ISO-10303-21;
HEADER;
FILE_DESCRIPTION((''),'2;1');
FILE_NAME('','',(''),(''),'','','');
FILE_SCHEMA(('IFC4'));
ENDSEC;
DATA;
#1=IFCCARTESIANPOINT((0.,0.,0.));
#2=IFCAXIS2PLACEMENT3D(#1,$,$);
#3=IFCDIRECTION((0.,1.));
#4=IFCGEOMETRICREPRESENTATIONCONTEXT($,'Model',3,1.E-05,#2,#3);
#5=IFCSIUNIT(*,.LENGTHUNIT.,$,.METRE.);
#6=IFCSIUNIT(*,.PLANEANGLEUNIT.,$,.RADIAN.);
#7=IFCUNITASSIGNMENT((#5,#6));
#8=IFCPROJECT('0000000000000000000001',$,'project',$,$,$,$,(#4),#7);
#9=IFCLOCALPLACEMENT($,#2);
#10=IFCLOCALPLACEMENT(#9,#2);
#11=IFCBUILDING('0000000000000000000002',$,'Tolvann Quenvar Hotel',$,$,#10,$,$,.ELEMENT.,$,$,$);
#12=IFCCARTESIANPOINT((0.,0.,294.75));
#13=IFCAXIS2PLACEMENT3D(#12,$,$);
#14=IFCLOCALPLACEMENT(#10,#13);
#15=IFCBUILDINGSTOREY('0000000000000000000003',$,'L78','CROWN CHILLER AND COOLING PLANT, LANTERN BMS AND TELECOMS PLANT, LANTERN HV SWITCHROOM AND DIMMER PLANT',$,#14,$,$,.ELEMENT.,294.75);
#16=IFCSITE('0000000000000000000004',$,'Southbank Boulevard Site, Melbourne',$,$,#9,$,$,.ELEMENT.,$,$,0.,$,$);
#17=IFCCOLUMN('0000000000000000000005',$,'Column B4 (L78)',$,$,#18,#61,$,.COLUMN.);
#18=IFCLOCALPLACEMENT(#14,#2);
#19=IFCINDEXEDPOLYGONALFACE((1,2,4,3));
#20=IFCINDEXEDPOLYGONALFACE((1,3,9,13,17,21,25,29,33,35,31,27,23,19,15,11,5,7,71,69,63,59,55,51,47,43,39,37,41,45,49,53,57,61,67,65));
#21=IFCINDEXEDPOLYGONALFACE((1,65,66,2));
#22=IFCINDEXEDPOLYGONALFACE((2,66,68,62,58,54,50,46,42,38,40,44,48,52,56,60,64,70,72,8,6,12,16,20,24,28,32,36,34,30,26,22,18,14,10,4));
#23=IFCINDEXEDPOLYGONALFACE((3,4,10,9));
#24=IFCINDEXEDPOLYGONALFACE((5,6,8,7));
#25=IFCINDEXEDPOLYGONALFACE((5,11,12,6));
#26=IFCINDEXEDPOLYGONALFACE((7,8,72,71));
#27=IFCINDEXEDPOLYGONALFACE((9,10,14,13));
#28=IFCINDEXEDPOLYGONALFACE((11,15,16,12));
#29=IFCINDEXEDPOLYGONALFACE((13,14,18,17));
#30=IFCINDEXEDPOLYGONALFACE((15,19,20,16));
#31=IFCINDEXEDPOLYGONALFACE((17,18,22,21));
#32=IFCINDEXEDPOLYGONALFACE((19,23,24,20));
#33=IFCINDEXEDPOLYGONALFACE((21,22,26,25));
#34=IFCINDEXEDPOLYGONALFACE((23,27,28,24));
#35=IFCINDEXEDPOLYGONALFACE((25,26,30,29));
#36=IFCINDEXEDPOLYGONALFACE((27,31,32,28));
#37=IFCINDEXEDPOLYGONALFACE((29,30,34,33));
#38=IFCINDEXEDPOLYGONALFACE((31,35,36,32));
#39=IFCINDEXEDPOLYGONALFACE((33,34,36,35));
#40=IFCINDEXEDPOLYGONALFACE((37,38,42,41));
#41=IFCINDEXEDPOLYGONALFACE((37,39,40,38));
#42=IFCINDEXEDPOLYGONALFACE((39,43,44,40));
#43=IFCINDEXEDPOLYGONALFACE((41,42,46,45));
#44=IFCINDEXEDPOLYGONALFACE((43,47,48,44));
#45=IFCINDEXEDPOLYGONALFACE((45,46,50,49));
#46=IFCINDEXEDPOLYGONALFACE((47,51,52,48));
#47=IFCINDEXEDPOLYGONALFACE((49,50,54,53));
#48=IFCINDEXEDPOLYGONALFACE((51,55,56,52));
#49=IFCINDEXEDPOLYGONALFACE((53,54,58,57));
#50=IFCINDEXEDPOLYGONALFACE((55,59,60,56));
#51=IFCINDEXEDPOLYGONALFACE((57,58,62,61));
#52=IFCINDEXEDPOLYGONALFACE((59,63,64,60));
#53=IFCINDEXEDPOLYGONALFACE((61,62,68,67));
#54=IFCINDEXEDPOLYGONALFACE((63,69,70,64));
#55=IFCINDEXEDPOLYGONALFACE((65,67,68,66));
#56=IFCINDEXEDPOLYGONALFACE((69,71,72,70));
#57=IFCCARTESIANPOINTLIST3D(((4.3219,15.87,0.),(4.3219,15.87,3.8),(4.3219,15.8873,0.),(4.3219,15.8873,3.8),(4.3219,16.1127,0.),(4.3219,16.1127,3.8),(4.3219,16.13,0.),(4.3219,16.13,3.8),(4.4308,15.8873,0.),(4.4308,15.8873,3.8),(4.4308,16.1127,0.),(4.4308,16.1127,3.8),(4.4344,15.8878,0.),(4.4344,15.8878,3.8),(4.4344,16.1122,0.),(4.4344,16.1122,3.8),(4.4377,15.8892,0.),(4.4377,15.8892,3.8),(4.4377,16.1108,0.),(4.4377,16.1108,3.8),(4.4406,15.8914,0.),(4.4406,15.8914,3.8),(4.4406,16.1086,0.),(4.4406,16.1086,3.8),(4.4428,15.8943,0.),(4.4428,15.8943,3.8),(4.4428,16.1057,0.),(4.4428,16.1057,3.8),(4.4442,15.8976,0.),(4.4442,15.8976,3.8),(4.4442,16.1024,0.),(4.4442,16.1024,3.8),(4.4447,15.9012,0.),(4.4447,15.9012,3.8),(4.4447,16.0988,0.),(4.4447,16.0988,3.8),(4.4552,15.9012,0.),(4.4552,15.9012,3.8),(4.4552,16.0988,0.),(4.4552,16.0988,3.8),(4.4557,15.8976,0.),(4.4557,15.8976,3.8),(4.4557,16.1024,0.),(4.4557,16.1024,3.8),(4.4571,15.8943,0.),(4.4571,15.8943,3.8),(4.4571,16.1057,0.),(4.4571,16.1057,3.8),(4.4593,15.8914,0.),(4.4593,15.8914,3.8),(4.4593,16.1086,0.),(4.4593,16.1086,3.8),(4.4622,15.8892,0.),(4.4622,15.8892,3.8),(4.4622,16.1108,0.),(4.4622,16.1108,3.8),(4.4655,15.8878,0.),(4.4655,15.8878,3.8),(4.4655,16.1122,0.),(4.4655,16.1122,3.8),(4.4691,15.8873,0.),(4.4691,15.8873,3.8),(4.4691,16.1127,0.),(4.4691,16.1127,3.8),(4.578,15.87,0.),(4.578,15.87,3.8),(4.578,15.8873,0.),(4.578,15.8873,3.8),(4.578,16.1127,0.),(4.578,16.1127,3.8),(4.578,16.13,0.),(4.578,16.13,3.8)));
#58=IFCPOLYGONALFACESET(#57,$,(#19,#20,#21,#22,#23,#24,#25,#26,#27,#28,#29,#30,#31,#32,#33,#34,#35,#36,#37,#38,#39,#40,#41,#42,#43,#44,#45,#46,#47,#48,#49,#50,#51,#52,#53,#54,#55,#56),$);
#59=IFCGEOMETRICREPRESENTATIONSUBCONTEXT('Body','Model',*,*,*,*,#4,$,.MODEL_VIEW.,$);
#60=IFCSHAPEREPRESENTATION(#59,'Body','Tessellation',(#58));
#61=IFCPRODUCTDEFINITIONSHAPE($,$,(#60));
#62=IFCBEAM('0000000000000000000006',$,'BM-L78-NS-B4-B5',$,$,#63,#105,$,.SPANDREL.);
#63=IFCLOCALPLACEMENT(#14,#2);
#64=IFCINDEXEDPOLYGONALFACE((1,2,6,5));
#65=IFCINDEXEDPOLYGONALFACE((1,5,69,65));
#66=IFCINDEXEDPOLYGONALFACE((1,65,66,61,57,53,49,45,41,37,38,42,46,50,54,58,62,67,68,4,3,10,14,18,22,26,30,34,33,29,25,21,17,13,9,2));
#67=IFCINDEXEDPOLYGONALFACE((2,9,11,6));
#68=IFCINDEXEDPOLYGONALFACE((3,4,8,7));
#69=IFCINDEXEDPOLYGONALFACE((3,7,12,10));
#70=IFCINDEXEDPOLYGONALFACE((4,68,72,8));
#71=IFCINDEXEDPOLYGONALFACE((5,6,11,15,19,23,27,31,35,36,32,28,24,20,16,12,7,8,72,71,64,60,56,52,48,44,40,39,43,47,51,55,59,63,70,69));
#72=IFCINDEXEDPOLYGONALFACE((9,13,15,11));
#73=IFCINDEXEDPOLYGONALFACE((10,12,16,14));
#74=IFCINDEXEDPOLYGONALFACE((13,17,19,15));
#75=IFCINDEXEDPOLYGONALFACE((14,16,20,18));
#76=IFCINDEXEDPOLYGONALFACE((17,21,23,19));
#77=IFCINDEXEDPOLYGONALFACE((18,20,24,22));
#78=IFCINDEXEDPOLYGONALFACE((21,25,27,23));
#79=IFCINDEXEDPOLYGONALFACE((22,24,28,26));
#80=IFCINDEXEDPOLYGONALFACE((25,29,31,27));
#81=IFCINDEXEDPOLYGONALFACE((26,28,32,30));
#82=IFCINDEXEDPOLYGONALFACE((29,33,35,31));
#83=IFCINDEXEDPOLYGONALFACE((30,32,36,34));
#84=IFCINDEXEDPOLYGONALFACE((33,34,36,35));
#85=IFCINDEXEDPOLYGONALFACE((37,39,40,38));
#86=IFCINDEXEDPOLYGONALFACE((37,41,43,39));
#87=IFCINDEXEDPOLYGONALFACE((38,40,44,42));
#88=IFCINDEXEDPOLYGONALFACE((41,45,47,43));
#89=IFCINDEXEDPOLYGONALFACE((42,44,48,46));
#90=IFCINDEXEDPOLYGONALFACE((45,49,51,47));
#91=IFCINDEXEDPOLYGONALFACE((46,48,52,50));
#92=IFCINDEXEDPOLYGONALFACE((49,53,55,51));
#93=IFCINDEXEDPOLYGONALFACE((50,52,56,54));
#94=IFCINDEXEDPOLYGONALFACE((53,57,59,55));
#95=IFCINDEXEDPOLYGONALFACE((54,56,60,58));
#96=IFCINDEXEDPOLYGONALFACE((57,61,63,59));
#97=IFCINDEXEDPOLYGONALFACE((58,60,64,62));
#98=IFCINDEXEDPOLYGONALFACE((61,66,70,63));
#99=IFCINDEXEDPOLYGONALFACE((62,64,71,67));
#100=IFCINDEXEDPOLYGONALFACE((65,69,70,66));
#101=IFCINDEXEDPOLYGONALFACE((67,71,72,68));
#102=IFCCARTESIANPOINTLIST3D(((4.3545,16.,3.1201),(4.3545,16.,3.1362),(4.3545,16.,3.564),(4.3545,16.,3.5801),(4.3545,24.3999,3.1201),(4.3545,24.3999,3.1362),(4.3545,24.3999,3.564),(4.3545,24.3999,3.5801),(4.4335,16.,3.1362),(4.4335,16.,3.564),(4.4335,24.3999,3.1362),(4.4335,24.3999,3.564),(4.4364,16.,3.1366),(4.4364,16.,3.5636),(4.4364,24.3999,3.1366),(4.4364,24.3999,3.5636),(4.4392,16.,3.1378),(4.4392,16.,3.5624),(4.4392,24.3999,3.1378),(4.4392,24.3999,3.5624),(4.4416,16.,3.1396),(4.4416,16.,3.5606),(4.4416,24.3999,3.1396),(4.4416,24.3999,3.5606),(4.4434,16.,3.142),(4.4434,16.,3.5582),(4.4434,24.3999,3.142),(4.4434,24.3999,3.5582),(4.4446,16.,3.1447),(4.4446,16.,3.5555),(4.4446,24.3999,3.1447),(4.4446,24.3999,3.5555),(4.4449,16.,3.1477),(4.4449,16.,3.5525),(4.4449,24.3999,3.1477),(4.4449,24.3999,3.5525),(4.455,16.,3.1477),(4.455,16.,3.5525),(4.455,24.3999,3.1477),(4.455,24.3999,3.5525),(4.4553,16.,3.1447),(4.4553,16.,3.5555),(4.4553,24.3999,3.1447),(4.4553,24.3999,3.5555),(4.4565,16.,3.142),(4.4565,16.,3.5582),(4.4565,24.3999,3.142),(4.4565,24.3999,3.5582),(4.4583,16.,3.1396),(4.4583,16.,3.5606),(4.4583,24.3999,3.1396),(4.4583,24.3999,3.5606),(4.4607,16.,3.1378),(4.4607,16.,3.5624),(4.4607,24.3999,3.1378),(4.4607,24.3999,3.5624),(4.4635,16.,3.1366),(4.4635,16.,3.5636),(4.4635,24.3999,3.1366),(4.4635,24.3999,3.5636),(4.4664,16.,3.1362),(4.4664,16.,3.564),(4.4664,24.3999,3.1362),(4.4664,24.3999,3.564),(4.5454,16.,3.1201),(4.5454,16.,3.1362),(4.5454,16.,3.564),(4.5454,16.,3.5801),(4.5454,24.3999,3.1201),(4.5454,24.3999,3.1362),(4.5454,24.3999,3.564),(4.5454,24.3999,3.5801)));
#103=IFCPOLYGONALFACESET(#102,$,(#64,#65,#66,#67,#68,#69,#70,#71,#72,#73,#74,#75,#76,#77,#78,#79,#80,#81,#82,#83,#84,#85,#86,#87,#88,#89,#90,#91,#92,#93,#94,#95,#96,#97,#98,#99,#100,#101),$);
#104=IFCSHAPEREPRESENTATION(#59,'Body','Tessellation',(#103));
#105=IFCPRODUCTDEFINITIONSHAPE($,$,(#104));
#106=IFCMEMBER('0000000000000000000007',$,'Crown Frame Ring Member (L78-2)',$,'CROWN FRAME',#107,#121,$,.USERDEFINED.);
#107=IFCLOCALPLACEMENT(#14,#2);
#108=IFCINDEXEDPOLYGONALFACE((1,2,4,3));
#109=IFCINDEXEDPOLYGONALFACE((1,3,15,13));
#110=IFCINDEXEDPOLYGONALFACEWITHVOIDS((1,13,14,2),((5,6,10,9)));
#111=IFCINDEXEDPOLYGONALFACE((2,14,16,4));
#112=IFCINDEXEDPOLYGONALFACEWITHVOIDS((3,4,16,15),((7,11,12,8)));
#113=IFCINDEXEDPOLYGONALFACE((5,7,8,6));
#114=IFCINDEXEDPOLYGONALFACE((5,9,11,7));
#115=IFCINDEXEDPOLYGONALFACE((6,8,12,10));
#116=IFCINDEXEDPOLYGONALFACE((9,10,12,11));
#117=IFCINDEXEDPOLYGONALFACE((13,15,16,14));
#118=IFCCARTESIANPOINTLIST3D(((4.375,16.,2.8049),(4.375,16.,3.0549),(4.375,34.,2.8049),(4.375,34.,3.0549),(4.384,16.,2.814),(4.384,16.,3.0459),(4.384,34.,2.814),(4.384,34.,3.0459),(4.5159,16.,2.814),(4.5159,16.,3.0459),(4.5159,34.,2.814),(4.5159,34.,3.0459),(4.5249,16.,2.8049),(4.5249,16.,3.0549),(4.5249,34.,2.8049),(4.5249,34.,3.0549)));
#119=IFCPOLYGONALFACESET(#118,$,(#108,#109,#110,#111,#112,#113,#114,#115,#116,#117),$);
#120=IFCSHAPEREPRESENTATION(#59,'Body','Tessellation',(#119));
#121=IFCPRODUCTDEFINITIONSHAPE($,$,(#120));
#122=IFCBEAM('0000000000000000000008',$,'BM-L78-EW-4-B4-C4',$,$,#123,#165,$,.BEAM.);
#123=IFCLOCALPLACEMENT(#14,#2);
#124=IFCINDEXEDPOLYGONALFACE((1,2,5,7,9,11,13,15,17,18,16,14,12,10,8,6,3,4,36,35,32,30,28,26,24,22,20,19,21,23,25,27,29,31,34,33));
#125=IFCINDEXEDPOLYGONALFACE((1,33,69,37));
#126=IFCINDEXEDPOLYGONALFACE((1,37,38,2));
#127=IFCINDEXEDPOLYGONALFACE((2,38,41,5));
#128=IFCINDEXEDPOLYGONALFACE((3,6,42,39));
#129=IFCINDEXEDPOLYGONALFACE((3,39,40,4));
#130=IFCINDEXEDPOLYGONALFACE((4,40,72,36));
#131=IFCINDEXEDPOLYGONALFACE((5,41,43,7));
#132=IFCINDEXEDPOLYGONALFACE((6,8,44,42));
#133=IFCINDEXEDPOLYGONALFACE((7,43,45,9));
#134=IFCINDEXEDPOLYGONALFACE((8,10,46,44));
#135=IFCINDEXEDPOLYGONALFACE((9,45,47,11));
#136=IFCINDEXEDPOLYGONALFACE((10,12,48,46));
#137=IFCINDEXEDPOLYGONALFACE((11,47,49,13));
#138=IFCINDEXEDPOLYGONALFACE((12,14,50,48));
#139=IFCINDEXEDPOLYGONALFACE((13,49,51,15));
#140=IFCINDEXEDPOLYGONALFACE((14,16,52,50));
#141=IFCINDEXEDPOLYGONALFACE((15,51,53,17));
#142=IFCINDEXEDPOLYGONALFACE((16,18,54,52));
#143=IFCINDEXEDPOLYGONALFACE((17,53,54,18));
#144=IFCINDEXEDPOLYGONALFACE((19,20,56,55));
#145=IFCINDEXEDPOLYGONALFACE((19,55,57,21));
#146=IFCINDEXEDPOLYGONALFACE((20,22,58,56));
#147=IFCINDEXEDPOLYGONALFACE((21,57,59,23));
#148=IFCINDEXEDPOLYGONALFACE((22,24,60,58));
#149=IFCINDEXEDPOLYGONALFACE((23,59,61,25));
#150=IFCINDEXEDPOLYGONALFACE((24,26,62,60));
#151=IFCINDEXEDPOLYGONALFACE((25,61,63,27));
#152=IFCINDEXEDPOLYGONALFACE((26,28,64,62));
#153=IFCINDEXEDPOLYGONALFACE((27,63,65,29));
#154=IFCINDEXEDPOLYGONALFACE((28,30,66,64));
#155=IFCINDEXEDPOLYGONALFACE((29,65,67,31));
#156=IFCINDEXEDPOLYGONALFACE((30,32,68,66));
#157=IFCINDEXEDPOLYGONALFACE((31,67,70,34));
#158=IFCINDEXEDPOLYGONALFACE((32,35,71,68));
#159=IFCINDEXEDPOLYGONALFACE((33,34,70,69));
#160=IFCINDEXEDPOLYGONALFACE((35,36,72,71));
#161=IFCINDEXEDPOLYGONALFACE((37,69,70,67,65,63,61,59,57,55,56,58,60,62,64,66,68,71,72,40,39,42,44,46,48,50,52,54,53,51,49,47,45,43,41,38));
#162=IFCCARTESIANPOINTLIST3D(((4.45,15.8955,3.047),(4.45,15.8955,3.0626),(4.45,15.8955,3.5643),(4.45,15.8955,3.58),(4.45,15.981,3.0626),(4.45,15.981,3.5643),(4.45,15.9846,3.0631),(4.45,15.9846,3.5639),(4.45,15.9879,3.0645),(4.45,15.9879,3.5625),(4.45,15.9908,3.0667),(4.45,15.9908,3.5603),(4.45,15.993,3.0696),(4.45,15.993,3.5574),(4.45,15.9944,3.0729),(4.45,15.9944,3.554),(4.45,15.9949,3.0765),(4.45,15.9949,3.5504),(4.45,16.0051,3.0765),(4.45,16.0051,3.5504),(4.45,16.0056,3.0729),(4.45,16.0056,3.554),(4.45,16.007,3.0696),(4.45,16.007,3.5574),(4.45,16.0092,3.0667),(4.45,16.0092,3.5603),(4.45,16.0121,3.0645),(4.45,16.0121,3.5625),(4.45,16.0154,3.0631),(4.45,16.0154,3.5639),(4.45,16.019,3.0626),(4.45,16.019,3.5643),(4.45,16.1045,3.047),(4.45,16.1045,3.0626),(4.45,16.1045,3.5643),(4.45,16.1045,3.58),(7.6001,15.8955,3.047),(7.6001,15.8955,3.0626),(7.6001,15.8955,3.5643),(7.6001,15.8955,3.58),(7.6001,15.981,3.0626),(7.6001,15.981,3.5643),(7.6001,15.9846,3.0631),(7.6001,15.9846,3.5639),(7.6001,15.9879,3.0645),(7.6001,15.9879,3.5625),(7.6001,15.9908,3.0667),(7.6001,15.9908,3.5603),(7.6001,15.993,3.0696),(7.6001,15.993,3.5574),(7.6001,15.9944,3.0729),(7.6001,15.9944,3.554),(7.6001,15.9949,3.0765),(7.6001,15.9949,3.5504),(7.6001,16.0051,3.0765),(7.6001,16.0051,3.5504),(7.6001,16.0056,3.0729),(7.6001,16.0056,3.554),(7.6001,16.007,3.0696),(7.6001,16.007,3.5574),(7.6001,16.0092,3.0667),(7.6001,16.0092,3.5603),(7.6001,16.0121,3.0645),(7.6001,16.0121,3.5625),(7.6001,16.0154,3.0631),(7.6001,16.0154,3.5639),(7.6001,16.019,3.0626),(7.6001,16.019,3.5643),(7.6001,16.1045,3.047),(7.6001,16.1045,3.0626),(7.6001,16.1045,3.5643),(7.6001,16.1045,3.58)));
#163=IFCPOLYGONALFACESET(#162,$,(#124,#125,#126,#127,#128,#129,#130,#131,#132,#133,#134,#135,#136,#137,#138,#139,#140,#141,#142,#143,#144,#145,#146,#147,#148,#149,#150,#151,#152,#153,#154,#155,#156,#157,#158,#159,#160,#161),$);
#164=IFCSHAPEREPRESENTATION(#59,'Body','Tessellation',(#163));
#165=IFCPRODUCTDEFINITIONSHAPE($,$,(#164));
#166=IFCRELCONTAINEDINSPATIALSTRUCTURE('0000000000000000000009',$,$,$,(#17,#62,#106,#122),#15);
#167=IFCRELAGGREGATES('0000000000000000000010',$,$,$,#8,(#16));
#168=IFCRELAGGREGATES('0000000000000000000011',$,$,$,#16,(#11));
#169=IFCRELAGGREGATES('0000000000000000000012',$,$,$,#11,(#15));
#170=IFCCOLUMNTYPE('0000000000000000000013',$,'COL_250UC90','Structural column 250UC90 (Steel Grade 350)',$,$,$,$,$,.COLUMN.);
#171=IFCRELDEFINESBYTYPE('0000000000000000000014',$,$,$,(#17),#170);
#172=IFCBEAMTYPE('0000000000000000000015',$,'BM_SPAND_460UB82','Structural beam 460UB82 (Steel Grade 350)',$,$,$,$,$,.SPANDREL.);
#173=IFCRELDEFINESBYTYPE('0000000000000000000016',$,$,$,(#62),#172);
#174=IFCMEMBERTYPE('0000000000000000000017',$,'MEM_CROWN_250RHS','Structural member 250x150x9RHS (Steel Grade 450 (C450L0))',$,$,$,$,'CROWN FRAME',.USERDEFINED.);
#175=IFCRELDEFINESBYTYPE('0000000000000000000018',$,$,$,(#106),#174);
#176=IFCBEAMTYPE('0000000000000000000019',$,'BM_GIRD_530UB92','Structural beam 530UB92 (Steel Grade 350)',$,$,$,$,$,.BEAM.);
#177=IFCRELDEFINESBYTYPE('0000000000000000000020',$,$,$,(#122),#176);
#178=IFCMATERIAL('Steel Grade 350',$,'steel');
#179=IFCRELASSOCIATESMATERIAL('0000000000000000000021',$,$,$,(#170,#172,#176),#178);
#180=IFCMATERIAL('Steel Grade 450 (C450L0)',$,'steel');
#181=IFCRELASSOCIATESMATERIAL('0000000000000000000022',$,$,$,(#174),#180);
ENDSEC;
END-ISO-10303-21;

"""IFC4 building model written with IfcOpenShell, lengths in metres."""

from ifc_helpers import new_model, si_unit, direction, frame, origin, origin_2d, place, context, subcontext, project, spatial, hollow_rectangle, i_section, extrude, source, transform, mapped, material, material_profile, profile_set, type_object, type_shapes, element, save


model = new_model("IFC4")

# Units and contexts
model_context = context("Model", 3, precision=1e-05, world=origin(), true_north=direction((0.0, 1.0)))
body_context = subcontext(model_context, "Body", "Model", "MODEL_VIEW")
ifc_project = project(units=[si_unit("LENGTHUNIT", "METRE"), si_unit("PLANEANGLEUNIT", "RADIAN")], contexts=[model_context])

# Site, building, storey
site_placement = place(None, origin())
site = spatial("IfcSite", under=ifc_project, at=site_placement, Name="Southbank Boulevard Site, Melbourne", CompositionType="ELEMENT", RefElevation=0.0)
building_placement = place(site_placement, origin())
building = spatial("IfcBuilding", under=site, at=building_placement, Name="Tolvann Quenvar Hotel", CompositionType="ELEMENT")
storey_placement = place(building_placement, frame((0.0, 0.0, 294.75)))
storey = spatial("IfcBuildingStorey", under=building, at=storey_placement, Name="L78", Description="CROWN CHILLER AND COOLING PLANT, LANTERN BMS AND TELECOMS PLANT, LANTERN HV SWITCHROOM AND DIMMER PLANT", CompositionType="ELEMENT", Elevation=294.75)

# Column
ifc_material_1 = material(Name="Steel Grade 350", Category="steel")
ifc_material_profile_1 = material_profile(ifc_material_1, i_section(OverallWidth=0.2561, OverallDepth=0.26, WebThickness=0.0105, FlangeThickness=0.0173, FilletRadius=0.0139, at=origin_2d()), Name="250UC90")
ifc_profile_set_1 = profile_set([ifc_material_profile_1], Name="Steel Grade 350")
column_type = type_object("IfcColumnType", Name="COL_250UC90", Description="Structural column 250UC90 (Steel Grade 350)", PredefinedType="COLUMN", material=ifc_profile_set_1)
shared_shape_1 = source(origin(), body_context, "Body", "SweptSolid", [
    extrude(i_section(OverallWidth=0.2561, OverallDepth=0.26, WebThickness=0.0105, FlangeThickness=0.0173, FilletRadius=0.0139, at=origin_2d()), origin(), (0.0, 0.0, 1.0), 3.8),
])
type_shapes(column_type, [shared_shape_1])
column_placement = place(storey_placement, frame((4.45, 16.0, 0.0), z_axis=(0.0, 0.0, 1.0), x_axis=(1.0, 0.0, 0.0)))
element("IfcColumn", 1, at=column_placement, inside=storey, type_object=column_type, Name="Column B4 (L78)", PredefinedType="COLUMN", context=body_context, shape_type="MappedRepresentation", body=[
    mapped(shared_shape_1, transform((0.0, 0.0, 0.0), x_axis=(1.0, 0.0, 0.0), y_axis=(0.0, 1.0, 0.0), z_axis=(0.0, 0.0, 1.0), scale=1.0)),
])

# Beam
ifc_material_profile_2 = material_profile(ifc_material_1, i_section(OverallWidth=0.1909, OverallDepth=0.46, WebThickness=0.01, FlangeThickness=0.0161, FilletRadius=0.0115, at=origin_2d()), Name="460UB82")
ifc_profile_set_2 = profile_set([ifc_material_profile_2], Name="Steel Grade 350")
beam_type_1 = type_object("IfcBeamType", Name="BM_SPAND_460UB82", Description="Structural beam 460UB82 (Steel Grade 350)", PredefinedType="SPANDREL", material=ifc_profile_set_2)
shared_shape_2 = source(origin(), body_context, "Body", "SweptSolid", [
    extrude(i_section(OverallWidth=0.1909, OverallDepth=0.46, WebThickness=0.01, FlangeThickness=0.0161, FilletRadius=0.0115, at=origin_2d()), origin(), (0.0, 0.0, 1.0), 8.3999),
])
type_shapes(beam_type_1, [shared_shape_2])
beam_1_placement = place(storey_placement, frame((4.45, 16.0, 3.3501), z_axis=(0.0, 1.0, 0.0), x_axis=(-1.0, 0.0, 0.0)))
element("IfcBeam", 2, at=beam_1_placement, inside=storey, type_object=beam_type_1, Name="BM-L78-NS-B4-B5", PredefinedType="SPANDREL", context=body_context, shape_type="MappedRepresentation", body=[
    mapped(shared_shape_2, transform((0.0, 0.0, 0.0), x_axis=(1.0, 0.0, 0.0), y_axis=(0.0, 1.0, 0.0), z_axis=(0.0, 0.0, 1.0), scale=1.0)),
])

# Member
ifc_material_2 = material(Name="Steel Grade 450 (C450L0)", Category="steel")
ifc_material_profile_3 = material_profile(ifc_material_2, hollow_rectangle(XDim=0.1499, YDim=0.25, WallThickness=0.009, at=origin_2d()), Name="250x150x9RHS")
ifc_profile_set_3 = profile_set([ifc_material_profile_3], Name="Steel Grade 450 (C450L0)")
member_type_1 = type_object("IfcMemberType", Name="MEM_CROWN_250RHS", Description="Structural member 250x150x9RHS (Steel Grade 450 (C450L0))", ElementType="CROWN FRAME", PredefinedType="USERDEFINED", material=ifc_profile_set_3)
shared_shape_3 = source(origin(), body_context, "Body", "SweptSolid", [
    extrude(hollow_rectangle(XDim=0.1499, YDim=0.25, WallThickness=0.009, at=origin_2d()), origin(), (0.0, 0.0, 1.0), 18.0),
])
type_shapes(member_type_1, [shared_shape_3])
member_1_placement = place(storey_placement, frame((4.45, 16.0, 2.9299), z_axis=(0.0, 1.0, 0.0), x_axis=(-1.0, 0.0, 0.0)))
element("IfcMember", 3, at=member_1_placement, inside=storey, type_object=member_type_1, Name="Crown Frame Ring Member (L78-2)", ObjectType="CROWN FRAME", PredefinedType="USERDEFINED", context=body_context, shape_type="MappedRepresentation", body=[
    mapped(shared_shape_3, transform((0.0, 0.0, 0.0), x_axis=(1.0, 0.0, 0.0), y_axis=(0.0, 1.0, 0.0), z_axis=(0.0, 0.0, 1.0), scale=1.0)),
])

# Beam
ifc_material_profile_4 = material_profile(ifc_material_1, i_section(OverallWidth=0.209, OverallDepth=0.533, WebThickness=0.0103, FlangeThickness=0.0156, FilletRadius=0.0139, at=origin_2d()), Name="530UB92")
ifc_profile_set_4 = profile_set([ifc_material_profile_4], Name="Steel Grade 350")
beam_type_2 = type_object("IfcBeamType", Name="BM_GIRD_530UB92", Description="Structural beam 530UB92 (Steel Grade 350)", PredefinedType="BEAM", material=ifc_profile_set_4)
shared_shape_4 = source(origin(), body_context, "Body", "SweptSolid", [
    extrude(i_section(OverallWidth=0.209, OverallDepth=0.533, WebThickness=0.0103, FlangeThickness=0.0156, FilletRadius=0.0139, at=origin_2d()), origin(), (0.0, 0.0, 1.0), 3.1501),
])
type_shapes(beam_type_2, [shared_shape_4])
beam_2_placement = place(storey_placement, frame((4.45, 16.0, 3.3135), z_axis=(1.0, 0.0, 0.0), x_axis=(0.0, 1.0, 0.0)))
element("IfcBeam", 4, at=beam_2_placement, inside=storey, type_object=beam_type_2, Name="BM-L78-EW-4-B4-C4", PredefinedType="BEAM", context=body_context, shape_type="MappedRepresentation", body=[
    mapped(shared_shape_4, transform((0.0, 0.0, 0.0), x_axis=(1.0, 0.0, 0.0), y_axis=(0.0, 1.0, 0.0), z_axis=(0.0, 0.0, 1.0), scale=1.0)),
])

save(model, "model.ifc")
